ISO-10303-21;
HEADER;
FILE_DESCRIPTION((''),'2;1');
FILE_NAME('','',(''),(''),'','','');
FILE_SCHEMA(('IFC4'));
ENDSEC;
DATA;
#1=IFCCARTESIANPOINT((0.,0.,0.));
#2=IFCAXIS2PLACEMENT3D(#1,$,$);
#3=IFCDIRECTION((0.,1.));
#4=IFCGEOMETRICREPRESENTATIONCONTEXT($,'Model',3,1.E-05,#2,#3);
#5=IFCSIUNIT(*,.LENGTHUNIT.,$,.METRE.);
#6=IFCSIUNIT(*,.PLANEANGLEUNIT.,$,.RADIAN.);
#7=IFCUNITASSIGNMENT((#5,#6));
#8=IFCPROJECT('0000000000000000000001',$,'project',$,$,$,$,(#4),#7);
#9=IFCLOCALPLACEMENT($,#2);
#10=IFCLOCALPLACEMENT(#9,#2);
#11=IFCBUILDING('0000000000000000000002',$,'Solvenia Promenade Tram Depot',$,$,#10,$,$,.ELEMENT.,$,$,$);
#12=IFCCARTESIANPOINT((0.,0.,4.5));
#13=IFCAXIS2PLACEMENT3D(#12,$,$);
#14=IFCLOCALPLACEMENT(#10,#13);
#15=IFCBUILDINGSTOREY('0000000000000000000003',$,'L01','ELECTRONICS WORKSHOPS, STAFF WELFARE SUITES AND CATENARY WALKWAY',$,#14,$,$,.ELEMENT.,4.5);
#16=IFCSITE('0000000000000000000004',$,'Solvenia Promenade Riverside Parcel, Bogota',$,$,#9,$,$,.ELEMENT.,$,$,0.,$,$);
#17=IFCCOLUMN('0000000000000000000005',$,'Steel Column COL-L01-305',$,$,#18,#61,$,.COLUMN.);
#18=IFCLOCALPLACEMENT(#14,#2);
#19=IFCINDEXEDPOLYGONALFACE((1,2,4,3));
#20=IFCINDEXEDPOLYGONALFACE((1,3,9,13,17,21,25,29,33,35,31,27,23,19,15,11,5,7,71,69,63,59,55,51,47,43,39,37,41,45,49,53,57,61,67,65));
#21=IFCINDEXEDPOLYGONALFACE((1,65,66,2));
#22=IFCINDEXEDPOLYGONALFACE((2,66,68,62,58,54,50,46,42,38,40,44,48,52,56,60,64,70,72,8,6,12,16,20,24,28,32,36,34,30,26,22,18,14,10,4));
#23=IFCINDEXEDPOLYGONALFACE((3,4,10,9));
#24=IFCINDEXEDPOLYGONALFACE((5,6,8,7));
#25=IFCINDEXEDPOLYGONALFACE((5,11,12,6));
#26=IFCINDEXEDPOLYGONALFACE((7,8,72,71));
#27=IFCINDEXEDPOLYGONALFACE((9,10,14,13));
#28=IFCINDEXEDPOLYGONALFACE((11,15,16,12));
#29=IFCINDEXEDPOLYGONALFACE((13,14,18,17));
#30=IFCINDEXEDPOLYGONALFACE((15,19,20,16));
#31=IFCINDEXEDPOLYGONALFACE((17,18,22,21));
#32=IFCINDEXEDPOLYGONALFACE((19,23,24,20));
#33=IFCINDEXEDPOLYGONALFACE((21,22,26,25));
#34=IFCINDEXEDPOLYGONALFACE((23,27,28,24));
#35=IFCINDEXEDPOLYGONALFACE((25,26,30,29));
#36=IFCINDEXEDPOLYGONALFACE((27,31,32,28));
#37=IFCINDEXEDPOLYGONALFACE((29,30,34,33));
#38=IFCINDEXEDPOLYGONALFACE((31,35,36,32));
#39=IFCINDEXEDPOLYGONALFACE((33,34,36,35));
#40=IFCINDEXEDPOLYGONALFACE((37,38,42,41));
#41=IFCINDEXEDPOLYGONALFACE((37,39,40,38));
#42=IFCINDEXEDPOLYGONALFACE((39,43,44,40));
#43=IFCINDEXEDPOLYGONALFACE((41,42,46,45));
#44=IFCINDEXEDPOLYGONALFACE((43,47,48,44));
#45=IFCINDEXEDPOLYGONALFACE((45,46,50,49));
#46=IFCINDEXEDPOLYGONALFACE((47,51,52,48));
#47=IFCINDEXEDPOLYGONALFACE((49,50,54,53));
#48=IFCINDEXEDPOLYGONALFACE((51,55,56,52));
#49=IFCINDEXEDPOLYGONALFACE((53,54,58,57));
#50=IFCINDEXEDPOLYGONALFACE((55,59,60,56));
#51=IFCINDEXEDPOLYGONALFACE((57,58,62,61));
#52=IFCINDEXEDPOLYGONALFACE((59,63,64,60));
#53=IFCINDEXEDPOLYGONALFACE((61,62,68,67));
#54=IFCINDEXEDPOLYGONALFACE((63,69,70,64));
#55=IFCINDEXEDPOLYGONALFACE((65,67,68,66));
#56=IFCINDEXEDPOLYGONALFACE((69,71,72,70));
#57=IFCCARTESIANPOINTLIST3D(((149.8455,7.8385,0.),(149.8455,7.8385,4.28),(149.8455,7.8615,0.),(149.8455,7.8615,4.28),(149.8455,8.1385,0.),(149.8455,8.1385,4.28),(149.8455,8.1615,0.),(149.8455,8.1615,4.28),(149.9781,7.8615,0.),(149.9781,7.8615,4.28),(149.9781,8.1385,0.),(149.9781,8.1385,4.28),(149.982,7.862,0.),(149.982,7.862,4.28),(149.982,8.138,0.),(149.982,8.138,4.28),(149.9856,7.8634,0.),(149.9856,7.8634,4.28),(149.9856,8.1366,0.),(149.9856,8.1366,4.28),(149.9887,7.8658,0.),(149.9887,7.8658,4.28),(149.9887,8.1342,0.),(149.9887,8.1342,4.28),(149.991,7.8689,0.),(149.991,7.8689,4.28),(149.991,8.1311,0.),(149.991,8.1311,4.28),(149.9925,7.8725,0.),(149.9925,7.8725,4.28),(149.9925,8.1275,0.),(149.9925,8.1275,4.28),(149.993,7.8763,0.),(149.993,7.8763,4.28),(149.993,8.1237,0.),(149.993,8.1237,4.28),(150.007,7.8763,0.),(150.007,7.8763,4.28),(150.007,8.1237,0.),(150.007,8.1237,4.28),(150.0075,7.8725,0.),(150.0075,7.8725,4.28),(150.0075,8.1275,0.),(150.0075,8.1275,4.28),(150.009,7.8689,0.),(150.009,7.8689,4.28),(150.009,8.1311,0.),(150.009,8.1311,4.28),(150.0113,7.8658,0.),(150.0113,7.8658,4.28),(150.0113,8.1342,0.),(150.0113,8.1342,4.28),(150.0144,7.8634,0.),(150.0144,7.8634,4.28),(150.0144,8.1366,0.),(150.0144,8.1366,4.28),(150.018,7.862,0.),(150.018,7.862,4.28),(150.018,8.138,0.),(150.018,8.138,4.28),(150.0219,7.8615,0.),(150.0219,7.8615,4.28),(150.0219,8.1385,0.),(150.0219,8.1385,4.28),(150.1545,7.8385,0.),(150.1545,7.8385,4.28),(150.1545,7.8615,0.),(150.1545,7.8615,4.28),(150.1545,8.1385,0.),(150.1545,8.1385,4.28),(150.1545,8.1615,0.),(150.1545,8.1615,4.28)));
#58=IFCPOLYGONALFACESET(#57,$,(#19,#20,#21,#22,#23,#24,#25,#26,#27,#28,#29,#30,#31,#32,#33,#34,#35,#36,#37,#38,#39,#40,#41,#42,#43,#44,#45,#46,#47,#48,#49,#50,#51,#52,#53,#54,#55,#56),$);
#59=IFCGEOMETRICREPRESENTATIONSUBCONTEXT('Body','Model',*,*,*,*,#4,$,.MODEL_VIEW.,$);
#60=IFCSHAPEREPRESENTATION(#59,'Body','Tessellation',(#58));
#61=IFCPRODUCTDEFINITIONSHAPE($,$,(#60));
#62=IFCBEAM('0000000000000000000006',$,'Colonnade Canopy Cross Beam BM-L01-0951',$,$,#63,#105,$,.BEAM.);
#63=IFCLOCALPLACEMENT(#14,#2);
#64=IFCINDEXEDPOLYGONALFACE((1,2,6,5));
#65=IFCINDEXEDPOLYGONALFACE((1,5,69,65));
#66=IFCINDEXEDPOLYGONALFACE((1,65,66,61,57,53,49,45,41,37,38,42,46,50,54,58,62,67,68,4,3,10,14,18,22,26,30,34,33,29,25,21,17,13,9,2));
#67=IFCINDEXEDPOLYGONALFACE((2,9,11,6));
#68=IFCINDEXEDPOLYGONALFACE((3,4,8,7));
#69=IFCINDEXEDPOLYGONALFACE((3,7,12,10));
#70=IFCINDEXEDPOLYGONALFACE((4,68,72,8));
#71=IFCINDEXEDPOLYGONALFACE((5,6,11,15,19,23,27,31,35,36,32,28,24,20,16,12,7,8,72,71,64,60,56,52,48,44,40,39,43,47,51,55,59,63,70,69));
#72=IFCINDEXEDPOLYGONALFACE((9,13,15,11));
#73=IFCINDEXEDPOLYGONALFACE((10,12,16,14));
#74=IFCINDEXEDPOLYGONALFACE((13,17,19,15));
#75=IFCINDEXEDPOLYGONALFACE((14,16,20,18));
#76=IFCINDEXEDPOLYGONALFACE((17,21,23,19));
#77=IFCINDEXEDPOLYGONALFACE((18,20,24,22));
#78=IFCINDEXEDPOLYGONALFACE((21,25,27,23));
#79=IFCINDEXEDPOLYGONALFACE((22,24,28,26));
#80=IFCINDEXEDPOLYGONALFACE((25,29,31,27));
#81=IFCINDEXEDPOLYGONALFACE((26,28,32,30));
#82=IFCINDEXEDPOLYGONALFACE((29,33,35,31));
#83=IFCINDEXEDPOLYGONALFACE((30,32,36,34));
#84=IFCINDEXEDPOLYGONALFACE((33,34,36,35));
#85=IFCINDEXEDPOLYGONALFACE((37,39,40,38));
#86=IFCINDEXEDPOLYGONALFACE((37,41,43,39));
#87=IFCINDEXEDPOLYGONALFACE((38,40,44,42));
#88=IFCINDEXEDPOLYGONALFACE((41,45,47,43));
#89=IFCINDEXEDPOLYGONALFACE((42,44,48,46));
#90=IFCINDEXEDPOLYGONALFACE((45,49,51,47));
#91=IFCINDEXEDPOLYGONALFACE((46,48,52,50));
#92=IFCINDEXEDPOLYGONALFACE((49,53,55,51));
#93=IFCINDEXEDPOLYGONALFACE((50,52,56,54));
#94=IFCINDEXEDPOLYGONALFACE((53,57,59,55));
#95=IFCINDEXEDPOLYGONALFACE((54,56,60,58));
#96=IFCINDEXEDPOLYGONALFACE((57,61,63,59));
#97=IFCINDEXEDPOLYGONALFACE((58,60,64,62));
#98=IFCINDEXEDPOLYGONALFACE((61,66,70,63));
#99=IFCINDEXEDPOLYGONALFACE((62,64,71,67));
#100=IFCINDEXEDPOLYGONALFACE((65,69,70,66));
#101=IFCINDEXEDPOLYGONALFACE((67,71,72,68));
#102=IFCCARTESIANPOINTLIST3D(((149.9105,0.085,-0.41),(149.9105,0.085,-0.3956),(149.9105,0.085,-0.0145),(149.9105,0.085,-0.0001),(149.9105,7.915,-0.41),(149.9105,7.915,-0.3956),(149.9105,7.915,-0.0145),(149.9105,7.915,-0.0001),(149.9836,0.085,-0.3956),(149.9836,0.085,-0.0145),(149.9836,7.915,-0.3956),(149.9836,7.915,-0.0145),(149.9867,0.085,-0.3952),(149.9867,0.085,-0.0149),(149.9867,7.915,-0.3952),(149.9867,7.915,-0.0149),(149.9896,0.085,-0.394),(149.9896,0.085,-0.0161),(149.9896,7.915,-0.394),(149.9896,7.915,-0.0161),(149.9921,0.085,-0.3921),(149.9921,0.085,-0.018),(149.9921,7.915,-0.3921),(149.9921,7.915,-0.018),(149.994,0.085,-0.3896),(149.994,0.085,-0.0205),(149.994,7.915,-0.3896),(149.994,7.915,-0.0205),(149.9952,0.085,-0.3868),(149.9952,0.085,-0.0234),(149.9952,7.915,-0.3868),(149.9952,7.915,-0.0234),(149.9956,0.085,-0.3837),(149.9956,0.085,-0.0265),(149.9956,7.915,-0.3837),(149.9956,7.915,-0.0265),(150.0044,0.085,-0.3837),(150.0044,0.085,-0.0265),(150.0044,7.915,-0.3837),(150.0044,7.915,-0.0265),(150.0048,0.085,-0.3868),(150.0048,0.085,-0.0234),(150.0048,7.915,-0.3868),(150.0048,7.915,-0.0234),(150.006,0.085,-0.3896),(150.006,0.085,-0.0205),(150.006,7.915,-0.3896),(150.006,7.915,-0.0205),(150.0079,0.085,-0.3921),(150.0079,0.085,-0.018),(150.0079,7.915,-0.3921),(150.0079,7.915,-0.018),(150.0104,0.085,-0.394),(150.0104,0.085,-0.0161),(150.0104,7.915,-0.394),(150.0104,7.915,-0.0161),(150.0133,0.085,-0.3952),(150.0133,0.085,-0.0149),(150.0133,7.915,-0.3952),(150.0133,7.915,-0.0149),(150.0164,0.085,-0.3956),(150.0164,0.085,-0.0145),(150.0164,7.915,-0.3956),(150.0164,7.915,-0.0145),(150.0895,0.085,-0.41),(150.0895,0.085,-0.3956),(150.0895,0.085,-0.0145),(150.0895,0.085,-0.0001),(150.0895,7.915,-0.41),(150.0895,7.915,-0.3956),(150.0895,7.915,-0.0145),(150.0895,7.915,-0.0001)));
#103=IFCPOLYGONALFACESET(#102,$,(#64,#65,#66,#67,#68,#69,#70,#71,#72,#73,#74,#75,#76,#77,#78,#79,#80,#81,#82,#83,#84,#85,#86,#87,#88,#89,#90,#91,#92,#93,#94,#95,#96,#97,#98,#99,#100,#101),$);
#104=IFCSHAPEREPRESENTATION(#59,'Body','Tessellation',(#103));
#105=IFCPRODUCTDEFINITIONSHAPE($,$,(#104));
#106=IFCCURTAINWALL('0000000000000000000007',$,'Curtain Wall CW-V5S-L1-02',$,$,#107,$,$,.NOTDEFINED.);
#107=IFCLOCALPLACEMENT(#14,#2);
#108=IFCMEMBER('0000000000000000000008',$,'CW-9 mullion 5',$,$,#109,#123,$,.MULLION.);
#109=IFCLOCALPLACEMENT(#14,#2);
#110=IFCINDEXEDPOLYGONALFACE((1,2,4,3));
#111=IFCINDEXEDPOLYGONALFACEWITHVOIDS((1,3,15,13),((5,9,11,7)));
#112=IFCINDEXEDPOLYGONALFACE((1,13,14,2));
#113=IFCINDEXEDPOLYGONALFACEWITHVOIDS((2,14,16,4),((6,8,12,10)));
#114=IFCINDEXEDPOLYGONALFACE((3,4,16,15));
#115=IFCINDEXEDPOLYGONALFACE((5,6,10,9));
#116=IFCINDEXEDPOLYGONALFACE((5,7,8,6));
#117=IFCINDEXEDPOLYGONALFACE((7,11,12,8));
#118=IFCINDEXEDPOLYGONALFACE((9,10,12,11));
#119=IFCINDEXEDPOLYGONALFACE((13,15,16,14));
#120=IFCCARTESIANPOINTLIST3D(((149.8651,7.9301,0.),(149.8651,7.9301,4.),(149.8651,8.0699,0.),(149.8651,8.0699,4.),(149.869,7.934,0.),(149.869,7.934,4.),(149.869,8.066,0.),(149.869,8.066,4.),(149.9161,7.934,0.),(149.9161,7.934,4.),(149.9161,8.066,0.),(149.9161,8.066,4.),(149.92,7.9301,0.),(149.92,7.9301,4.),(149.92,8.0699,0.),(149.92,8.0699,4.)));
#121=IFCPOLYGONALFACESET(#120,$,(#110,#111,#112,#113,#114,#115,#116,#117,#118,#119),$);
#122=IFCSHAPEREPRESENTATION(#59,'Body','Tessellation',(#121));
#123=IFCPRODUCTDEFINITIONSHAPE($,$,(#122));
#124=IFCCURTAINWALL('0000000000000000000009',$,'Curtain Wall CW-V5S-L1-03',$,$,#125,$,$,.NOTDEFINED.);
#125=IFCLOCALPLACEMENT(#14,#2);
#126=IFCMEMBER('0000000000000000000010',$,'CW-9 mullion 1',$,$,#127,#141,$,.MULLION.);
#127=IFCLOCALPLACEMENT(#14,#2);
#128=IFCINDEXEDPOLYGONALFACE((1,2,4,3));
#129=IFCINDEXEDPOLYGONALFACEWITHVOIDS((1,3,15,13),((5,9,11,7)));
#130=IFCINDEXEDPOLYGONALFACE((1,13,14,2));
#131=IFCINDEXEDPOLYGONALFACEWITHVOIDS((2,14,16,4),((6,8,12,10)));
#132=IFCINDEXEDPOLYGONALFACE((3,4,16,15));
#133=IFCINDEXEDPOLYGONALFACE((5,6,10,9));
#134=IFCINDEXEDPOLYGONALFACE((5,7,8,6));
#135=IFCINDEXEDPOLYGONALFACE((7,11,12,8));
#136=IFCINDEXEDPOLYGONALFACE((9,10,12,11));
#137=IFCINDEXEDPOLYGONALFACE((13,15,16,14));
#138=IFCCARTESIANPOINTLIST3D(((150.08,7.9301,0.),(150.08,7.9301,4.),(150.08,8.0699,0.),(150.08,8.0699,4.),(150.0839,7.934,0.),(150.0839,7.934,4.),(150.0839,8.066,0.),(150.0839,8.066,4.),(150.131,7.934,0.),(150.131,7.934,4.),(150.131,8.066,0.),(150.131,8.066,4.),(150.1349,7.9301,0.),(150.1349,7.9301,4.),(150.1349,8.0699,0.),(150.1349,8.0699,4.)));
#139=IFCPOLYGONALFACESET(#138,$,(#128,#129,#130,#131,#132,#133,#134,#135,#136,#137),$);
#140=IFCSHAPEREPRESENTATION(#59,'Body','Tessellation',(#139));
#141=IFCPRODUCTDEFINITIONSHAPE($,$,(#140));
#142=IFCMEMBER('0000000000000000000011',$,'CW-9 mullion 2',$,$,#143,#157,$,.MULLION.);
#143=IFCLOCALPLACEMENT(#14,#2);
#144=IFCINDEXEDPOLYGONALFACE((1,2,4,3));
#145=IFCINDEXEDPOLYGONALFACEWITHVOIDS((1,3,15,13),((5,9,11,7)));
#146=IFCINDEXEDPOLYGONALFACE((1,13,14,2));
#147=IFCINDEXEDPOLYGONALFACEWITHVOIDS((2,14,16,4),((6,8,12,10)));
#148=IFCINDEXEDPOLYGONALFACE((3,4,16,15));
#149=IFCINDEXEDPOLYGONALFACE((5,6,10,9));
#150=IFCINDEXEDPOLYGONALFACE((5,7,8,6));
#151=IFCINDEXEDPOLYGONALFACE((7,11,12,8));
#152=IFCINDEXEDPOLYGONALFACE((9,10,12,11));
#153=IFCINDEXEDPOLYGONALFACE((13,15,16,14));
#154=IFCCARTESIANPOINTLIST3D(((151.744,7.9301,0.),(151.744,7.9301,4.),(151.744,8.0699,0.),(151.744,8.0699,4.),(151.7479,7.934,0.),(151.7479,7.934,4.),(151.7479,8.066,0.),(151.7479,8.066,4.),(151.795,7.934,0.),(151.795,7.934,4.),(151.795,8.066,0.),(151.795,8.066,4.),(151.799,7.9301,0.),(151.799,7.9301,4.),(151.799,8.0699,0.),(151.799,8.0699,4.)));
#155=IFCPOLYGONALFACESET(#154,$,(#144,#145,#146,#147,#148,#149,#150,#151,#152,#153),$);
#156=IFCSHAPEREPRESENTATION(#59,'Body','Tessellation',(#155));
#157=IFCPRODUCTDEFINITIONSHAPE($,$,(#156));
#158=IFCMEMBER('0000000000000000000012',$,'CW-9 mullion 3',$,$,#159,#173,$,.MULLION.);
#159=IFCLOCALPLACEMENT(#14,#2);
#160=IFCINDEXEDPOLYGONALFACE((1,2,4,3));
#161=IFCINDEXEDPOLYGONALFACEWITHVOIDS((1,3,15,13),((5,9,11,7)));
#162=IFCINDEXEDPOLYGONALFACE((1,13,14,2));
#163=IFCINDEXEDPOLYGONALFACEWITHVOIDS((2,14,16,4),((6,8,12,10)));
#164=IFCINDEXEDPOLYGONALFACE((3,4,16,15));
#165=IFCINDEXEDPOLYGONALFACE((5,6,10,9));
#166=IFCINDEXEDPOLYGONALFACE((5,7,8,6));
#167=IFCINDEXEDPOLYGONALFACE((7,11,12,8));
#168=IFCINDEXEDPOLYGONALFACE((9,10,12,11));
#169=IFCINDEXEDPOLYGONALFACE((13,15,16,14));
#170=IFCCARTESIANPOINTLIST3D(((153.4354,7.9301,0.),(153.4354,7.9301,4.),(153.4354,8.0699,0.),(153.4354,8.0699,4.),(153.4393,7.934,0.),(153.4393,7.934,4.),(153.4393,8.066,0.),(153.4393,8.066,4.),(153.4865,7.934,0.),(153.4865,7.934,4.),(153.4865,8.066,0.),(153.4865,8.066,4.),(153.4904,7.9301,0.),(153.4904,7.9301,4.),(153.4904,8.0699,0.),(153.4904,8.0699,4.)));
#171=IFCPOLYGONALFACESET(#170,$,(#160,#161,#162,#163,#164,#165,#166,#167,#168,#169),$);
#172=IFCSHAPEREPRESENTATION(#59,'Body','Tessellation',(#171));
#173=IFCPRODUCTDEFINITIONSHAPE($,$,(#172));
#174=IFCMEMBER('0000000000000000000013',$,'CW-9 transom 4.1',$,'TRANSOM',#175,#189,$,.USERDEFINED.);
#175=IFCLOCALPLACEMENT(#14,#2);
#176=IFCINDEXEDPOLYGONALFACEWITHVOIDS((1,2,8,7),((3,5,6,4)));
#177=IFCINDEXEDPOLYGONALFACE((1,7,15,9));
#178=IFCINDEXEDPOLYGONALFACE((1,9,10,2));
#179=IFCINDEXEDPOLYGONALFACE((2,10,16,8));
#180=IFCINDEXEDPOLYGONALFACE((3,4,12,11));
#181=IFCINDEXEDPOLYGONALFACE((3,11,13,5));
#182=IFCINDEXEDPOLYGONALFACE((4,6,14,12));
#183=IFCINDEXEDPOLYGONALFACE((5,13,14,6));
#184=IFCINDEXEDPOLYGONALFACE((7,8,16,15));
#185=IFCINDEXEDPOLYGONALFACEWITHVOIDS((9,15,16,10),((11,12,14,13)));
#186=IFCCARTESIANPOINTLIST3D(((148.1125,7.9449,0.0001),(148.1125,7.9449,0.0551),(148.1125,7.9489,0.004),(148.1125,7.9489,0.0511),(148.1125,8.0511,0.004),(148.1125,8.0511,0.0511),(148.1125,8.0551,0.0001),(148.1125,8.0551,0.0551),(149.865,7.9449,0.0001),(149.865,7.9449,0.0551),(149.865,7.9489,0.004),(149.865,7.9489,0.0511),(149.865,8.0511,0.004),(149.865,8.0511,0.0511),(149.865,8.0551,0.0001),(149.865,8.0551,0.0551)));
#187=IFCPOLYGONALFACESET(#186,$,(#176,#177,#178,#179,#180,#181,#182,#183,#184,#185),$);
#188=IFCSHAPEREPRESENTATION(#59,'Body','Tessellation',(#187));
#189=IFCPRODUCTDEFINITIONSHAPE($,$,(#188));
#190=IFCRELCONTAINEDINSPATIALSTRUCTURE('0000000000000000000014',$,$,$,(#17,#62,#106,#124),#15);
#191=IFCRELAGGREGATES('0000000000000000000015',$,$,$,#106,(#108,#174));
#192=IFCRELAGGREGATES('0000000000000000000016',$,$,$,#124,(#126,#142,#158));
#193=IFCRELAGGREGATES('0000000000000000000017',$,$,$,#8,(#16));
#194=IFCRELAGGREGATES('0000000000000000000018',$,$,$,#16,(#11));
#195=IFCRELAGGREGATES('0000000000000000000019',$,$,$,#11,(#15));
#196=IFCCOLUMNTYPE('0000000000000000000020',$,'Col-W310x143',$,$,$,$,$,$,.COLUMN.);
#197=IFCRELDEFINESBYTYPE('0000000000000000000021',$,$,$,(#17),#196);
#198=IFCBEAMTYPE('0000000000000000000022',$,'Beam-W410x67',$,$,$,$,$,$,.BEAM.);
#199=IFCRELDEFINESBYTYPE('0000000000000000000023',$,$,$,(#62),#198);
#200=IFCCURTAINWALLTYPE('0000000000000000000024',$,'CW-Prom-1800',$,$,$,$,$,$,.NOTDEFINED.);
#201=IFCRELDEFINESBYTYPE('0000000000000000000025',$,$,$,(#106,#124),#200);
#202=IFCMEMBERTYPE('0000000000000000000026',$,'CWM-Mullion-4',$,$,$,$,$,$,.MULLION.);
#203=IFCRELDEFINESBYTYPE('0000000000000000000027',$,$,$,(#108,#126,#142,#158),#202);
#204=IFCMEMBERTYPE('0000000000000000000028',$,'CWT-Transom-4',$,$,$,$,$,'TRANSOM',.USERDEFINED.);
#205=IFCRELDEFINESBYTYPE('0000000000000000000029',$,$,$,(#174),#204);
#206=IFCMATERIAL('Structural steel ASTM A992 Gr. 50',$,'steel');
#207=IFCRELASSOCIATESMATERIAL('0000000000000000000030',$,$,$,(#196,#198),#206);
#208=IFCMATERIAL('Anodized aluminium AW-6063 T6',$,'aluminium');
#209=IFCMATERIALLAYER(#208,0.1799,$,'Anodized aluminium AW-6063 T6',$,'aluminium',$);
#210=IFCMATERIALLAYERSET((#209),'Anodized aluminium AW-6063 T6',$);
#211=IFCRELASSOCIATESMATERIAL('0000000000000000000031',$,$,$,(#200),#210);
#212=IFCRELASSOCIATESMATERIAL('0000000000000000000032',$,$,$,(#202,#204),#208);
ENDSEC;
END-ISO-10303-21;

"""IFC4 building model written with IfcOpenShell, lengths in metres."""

from ifc_helpers import new_model, si_unit, direction, frame, origin, origin_2d, place, context, subcontext, project, spatial, hollow_rectangle, i_section, extrude, material, layer, layer_set, material_profile, profile_set, type_object, element, aggregate, save


model = new_model("IFC4")

# Units and contexts
model_context = context("Model", 3, precision=1e-05, world=origin(), true_north=direction((0.0, 1.0)))
body_context = subcontext(model_context, "Body", "Model", "MODEL_VIEW")
ifc_project = project(units=[si_unit("LENGTHUNIT", "METRE"), si_unit("PLANEANGLEUNIT", "RADIAN")], contexts=[model_context])

# Site, building, storey
site_placement = place(None, origin())
site = spatial("IfcSite", under=ifc_project, at=site_placement, Name="Solvenia Promenade Riverside Parcel, Bogota", CompositionType="ELEMENT", RefElevation=0.0)
building_placement = place(site_placement, origin())
building = spatial("IfcBuilding", under=site, at=building_placement, Name="Solvenia Promenade Tram Depot", CompositionType="ELEMENT")
storey_placement = place(building_placement, frame((0.0, 0.0, 4.5)))
storey = spatial("IfcBuildingStorey", under=building, at=storey_placement, Name="L01", Description="ELECTRONICS WORKSHOPS, STAFF WELFARE SUITES AND CATENARY WALKWAY", CompositionType="ELEMENT", Elevation=4.5)

# Column
ifc_material_1 = material(Name="Structural steel ASTM A992 Gr. 50", Category="steel")
ifc_material_profile_1 = material_profile(ifc_material_1, i_section(OverallWidth=0.3091, OverallDepth=0.323, WebThickness=0.0139, FlangeThickness=0.0229, FilletRadius=0.0149, at=origin_2d()), Name="W310x143", Category="steel")
ifc_profile_set_1 = profile_set([ifc_material_profile_1], Name="Structural steel ASTM A992 Gr. 50")
column_type = type_object("IfcColumnType", Name="Col-W310x143", PredefinedType="COLUMN", material=ifc_profile_set_1)
column_placement = place(storey_placement, frame((150.0, 8.0, 0.0), z_axis=(0.0, 0.0, 1.0), x_axis=(1.0, 0.0, 0.0)))
element("IfcColumn", 1, at=column_placement, inside=storey, type_object=column_type, Name="Steel Column COL-L01-305", PredefinedType="COLUMN", context=body_context, shape_type="SweptSolid", body=[
    extrude(i_section(OverallWidth=0.3091, OverallDepth=0.323, WebThickness=0.0139, FlangeThickness=0.0229, FilletRadius=0.0149, at=origin_2d()), origin(), (0.0, 0.0, 1.0), 4.28),
])

# Beam
ifc_material_profile_2 = material_profile(ifc_material_1, i_section(OverallWidth=0.179, OverallDepth=0.4099, WebThickness=0.0088, FlangeThickness=0.0144, FilletRadius=0.012, at=origin_2d()), Name="W410x67", Category="steel")
ifc_profile_set_2 = profile_set([ifc_material_profile_2], Name="Structural steel ASTM A992 Gr. 50")
beam_type_1 = type_object("IfcBeamType", Name="Beam-W410x67", PredefinedType="BEAM", material=ifc_profile_set_2)
beam_placement = place(storey_placement, frame((150.0, 0.085, -0.2051), z_axis=(0.0, 1.0, 0.0), x_axis=(-1.0, 0.0, 0.0)))
element("IfcBeam", 2, at=beam_placement, inside=storey, type_object=beam_type_1, Name="Colonnade Canopy Cross Beam BM-L01-0951", PredefinedType="BEAM", context=body_context, shape_type="SweptSolid", body=[
    extrude(i_section(OverallWidth=0.179, OverallDepth=0.4099, WebThickness=0.0088, FlangeThickness=0.0144, FilletRadius=0.012, at=origin_2d()), origin(), (0.0, 0.0, 1.0), 7.8301),
])

# Curtain wall, member
ifc_material_2 = material(Name="Anodized aluminium AW-6063 T6", Category="aluminium")
ifc_layer_1 = layer(ifc_material_2, 0.1799, Name="Anodized aluminium AW-6063 T6", Category="aluminium")
ifc_layer_set_1 = layer_set([ifc_layer_1], Name="Anodized aluminium AW-6063 T6")
curtain_wall_type = type_object("IfcCurtainWallType", Name="CW-Prom-1800", PredefinedType="NOTDEFINED", material=ifc_layer_set_1)
curtain_wall_1_placement = place(storey_placement, origin())
curtain_wall_1 = element("IfcCurtainWall", 3, at=curtain_wall_1_placement, inside=storey, type_object=curtain_wall_type, Name="Curtain Wall CW-V5S-L1-02", PredefinedType="NOTDEFINED")
ifc_material_profile_3 = material_profile(ifc_material_2, hollow_rectangle(XDim=0.1399, YDim=0.0549, WallThickness=0.0039, at=origin_2d()), Name="ALU-M4", Category="aluminium")
ifc_profile_set_3 = profile_set([ifc_material_profile_3], Name="Anodized aluminium AW-6063 T6")
member_type_1 = type_object("IfcMemberType", Name="CWM-Mullion-4", PredefinedType="MULLION", material=ifc_profile_set_3)
member_1_placement = place(storey_placement, frame((149.8926, 8.0, 0.0), z_axis=(0.0, 0.0, 1.0), x_axis=(0.0, 1.0, 0.0)))
member_1 = element("IfcMember", 4, at=member_1_placement, type_object=member_type_1, Name="CW-9 mullion 5", PredefinedType="MULLION", context=body_context, shape_type="SweptSolid", body=[
    extrude(hollow_rectangle(XDim=0.1399, YDim=0.0549, WallThickness=0.0039, at=origin_2d()), origin(), (0.0, 0.0, 1.0), 4.0),
])

# Curtain wall, members
curtain_wall_2_placement = place(storey_placement, origin())
curtain_wall_2 = element("IfcCurtainWall", 5, at=curtain_wall_2_placement, inside=storey, type_object=curtain_wall_type, Name="Curtain Wall CW-V5S-L1-03", PredefinedType="NOTDEFINED")
member_2_placement = place(storey_placement, frame((150.1074, 8.0, 0.0), z_axis=(0.0, 0.0, 1.0), x_axis=(0.0, 1.0, 0.0)))
member_2 = element("IfcMember", 6, at=member_2_placement, type_object=member_type_1, Name="CW-9 mullion 1", PredefinedType="MULLION", context=body_context, shape_type="SweptSolid", body=[
    extrude(hollow_rectangle(XDim=0.1399, YDim=0.0549, WallThickness=0.0039, at=origin_2d()), origin(), (0.0, 0.0, 1.0), 4.0),
])
member_3_placement = place(storey_placement, frame((151.7715, 8.0, 0.0), z_axis=(0.0, 0.0, 1.0), x_axis=(0.0, 1.0, 0.0)))
member_3 = element("IfcMember", 7, at=member_3_placement, type_object=member_type_1, Name="CW-9 mullion 2", PredefinedType="MULLION", context=body_context, shape_type="SweptSolid", body=[
    extrude(hollow_rectangle(XDim=0.1399, YDim=0.0549, WallThickness=0.0039, at=origin_2d()), origin(), (0.0, 0.0, 1.0), 4.0),
])
member_4_placement = place(storey_placement, frame((153.4629, 8.0, 0.0), z_axis=(0.0, 0.0, 1.0), x_axis=(0.0, 1.0, 0.0)))
member_4 = element("IfcMember", 8, at=member_4_placement, type_object=member_type_1, Name="CW-9 mullion 3", PredefinedType="MULLION", context=body_context, shape_type="SweptSolid", body=[
    extrude(hollow_rectangle(XDim=0.1399, YDim=0.0549, WallThickness=0.0039, at=origin_2d()), origin(), (0.0, 0.0, 1.0), 4.0),
])

# Member
ifc_material_profile_4 = material_profile(ifc_material_2, hollow_rectangle(XDim=0.1101, YDim=0.0549, WallThickness=0.0039, at=origin_2d()), Name="ALU-T4", Category="aluminium")
ifc_profile_set_4 = profile_set([ifc_material_profile_4], Name="Anodized aluminium AW-6063 T6")
member_type_2 = type_object("IfcMemberType", Name="CWT-Transom-4", ElementType="TRANSOM", PredefinedType="USERDEFINED", material=ifc_profile_set_4)
member_5_placement = place(storey_placement, frame((148.1125, 8.0, 0.0276), z_axis=(1.0, 0.0, 0.0), x_axis=(0.0, 1.0, 0.0)))
member_5 = element("IfcMember", 9, at=member_5_placement, type_object=member_type_2, Name="CW-9 transom 4.1", ObjectType="TRANSOM", PredefinedType="USERDEFINED", context=body_context, shape_type="SweptSolid", body=[
    extrude(hollow_rectangle(XDim=0.1101, YDim=0.0549, WallThickness=0.0039, at=origin_2d()), origin(), (0.0, 0.0, 1.0), 1.7524),
])

aggregate(curtain_wall_1, [member_1, member_5])
aggregate(curtain_wall_2, [member_2, member_3, member_4])

save(model, "model.ifc")
